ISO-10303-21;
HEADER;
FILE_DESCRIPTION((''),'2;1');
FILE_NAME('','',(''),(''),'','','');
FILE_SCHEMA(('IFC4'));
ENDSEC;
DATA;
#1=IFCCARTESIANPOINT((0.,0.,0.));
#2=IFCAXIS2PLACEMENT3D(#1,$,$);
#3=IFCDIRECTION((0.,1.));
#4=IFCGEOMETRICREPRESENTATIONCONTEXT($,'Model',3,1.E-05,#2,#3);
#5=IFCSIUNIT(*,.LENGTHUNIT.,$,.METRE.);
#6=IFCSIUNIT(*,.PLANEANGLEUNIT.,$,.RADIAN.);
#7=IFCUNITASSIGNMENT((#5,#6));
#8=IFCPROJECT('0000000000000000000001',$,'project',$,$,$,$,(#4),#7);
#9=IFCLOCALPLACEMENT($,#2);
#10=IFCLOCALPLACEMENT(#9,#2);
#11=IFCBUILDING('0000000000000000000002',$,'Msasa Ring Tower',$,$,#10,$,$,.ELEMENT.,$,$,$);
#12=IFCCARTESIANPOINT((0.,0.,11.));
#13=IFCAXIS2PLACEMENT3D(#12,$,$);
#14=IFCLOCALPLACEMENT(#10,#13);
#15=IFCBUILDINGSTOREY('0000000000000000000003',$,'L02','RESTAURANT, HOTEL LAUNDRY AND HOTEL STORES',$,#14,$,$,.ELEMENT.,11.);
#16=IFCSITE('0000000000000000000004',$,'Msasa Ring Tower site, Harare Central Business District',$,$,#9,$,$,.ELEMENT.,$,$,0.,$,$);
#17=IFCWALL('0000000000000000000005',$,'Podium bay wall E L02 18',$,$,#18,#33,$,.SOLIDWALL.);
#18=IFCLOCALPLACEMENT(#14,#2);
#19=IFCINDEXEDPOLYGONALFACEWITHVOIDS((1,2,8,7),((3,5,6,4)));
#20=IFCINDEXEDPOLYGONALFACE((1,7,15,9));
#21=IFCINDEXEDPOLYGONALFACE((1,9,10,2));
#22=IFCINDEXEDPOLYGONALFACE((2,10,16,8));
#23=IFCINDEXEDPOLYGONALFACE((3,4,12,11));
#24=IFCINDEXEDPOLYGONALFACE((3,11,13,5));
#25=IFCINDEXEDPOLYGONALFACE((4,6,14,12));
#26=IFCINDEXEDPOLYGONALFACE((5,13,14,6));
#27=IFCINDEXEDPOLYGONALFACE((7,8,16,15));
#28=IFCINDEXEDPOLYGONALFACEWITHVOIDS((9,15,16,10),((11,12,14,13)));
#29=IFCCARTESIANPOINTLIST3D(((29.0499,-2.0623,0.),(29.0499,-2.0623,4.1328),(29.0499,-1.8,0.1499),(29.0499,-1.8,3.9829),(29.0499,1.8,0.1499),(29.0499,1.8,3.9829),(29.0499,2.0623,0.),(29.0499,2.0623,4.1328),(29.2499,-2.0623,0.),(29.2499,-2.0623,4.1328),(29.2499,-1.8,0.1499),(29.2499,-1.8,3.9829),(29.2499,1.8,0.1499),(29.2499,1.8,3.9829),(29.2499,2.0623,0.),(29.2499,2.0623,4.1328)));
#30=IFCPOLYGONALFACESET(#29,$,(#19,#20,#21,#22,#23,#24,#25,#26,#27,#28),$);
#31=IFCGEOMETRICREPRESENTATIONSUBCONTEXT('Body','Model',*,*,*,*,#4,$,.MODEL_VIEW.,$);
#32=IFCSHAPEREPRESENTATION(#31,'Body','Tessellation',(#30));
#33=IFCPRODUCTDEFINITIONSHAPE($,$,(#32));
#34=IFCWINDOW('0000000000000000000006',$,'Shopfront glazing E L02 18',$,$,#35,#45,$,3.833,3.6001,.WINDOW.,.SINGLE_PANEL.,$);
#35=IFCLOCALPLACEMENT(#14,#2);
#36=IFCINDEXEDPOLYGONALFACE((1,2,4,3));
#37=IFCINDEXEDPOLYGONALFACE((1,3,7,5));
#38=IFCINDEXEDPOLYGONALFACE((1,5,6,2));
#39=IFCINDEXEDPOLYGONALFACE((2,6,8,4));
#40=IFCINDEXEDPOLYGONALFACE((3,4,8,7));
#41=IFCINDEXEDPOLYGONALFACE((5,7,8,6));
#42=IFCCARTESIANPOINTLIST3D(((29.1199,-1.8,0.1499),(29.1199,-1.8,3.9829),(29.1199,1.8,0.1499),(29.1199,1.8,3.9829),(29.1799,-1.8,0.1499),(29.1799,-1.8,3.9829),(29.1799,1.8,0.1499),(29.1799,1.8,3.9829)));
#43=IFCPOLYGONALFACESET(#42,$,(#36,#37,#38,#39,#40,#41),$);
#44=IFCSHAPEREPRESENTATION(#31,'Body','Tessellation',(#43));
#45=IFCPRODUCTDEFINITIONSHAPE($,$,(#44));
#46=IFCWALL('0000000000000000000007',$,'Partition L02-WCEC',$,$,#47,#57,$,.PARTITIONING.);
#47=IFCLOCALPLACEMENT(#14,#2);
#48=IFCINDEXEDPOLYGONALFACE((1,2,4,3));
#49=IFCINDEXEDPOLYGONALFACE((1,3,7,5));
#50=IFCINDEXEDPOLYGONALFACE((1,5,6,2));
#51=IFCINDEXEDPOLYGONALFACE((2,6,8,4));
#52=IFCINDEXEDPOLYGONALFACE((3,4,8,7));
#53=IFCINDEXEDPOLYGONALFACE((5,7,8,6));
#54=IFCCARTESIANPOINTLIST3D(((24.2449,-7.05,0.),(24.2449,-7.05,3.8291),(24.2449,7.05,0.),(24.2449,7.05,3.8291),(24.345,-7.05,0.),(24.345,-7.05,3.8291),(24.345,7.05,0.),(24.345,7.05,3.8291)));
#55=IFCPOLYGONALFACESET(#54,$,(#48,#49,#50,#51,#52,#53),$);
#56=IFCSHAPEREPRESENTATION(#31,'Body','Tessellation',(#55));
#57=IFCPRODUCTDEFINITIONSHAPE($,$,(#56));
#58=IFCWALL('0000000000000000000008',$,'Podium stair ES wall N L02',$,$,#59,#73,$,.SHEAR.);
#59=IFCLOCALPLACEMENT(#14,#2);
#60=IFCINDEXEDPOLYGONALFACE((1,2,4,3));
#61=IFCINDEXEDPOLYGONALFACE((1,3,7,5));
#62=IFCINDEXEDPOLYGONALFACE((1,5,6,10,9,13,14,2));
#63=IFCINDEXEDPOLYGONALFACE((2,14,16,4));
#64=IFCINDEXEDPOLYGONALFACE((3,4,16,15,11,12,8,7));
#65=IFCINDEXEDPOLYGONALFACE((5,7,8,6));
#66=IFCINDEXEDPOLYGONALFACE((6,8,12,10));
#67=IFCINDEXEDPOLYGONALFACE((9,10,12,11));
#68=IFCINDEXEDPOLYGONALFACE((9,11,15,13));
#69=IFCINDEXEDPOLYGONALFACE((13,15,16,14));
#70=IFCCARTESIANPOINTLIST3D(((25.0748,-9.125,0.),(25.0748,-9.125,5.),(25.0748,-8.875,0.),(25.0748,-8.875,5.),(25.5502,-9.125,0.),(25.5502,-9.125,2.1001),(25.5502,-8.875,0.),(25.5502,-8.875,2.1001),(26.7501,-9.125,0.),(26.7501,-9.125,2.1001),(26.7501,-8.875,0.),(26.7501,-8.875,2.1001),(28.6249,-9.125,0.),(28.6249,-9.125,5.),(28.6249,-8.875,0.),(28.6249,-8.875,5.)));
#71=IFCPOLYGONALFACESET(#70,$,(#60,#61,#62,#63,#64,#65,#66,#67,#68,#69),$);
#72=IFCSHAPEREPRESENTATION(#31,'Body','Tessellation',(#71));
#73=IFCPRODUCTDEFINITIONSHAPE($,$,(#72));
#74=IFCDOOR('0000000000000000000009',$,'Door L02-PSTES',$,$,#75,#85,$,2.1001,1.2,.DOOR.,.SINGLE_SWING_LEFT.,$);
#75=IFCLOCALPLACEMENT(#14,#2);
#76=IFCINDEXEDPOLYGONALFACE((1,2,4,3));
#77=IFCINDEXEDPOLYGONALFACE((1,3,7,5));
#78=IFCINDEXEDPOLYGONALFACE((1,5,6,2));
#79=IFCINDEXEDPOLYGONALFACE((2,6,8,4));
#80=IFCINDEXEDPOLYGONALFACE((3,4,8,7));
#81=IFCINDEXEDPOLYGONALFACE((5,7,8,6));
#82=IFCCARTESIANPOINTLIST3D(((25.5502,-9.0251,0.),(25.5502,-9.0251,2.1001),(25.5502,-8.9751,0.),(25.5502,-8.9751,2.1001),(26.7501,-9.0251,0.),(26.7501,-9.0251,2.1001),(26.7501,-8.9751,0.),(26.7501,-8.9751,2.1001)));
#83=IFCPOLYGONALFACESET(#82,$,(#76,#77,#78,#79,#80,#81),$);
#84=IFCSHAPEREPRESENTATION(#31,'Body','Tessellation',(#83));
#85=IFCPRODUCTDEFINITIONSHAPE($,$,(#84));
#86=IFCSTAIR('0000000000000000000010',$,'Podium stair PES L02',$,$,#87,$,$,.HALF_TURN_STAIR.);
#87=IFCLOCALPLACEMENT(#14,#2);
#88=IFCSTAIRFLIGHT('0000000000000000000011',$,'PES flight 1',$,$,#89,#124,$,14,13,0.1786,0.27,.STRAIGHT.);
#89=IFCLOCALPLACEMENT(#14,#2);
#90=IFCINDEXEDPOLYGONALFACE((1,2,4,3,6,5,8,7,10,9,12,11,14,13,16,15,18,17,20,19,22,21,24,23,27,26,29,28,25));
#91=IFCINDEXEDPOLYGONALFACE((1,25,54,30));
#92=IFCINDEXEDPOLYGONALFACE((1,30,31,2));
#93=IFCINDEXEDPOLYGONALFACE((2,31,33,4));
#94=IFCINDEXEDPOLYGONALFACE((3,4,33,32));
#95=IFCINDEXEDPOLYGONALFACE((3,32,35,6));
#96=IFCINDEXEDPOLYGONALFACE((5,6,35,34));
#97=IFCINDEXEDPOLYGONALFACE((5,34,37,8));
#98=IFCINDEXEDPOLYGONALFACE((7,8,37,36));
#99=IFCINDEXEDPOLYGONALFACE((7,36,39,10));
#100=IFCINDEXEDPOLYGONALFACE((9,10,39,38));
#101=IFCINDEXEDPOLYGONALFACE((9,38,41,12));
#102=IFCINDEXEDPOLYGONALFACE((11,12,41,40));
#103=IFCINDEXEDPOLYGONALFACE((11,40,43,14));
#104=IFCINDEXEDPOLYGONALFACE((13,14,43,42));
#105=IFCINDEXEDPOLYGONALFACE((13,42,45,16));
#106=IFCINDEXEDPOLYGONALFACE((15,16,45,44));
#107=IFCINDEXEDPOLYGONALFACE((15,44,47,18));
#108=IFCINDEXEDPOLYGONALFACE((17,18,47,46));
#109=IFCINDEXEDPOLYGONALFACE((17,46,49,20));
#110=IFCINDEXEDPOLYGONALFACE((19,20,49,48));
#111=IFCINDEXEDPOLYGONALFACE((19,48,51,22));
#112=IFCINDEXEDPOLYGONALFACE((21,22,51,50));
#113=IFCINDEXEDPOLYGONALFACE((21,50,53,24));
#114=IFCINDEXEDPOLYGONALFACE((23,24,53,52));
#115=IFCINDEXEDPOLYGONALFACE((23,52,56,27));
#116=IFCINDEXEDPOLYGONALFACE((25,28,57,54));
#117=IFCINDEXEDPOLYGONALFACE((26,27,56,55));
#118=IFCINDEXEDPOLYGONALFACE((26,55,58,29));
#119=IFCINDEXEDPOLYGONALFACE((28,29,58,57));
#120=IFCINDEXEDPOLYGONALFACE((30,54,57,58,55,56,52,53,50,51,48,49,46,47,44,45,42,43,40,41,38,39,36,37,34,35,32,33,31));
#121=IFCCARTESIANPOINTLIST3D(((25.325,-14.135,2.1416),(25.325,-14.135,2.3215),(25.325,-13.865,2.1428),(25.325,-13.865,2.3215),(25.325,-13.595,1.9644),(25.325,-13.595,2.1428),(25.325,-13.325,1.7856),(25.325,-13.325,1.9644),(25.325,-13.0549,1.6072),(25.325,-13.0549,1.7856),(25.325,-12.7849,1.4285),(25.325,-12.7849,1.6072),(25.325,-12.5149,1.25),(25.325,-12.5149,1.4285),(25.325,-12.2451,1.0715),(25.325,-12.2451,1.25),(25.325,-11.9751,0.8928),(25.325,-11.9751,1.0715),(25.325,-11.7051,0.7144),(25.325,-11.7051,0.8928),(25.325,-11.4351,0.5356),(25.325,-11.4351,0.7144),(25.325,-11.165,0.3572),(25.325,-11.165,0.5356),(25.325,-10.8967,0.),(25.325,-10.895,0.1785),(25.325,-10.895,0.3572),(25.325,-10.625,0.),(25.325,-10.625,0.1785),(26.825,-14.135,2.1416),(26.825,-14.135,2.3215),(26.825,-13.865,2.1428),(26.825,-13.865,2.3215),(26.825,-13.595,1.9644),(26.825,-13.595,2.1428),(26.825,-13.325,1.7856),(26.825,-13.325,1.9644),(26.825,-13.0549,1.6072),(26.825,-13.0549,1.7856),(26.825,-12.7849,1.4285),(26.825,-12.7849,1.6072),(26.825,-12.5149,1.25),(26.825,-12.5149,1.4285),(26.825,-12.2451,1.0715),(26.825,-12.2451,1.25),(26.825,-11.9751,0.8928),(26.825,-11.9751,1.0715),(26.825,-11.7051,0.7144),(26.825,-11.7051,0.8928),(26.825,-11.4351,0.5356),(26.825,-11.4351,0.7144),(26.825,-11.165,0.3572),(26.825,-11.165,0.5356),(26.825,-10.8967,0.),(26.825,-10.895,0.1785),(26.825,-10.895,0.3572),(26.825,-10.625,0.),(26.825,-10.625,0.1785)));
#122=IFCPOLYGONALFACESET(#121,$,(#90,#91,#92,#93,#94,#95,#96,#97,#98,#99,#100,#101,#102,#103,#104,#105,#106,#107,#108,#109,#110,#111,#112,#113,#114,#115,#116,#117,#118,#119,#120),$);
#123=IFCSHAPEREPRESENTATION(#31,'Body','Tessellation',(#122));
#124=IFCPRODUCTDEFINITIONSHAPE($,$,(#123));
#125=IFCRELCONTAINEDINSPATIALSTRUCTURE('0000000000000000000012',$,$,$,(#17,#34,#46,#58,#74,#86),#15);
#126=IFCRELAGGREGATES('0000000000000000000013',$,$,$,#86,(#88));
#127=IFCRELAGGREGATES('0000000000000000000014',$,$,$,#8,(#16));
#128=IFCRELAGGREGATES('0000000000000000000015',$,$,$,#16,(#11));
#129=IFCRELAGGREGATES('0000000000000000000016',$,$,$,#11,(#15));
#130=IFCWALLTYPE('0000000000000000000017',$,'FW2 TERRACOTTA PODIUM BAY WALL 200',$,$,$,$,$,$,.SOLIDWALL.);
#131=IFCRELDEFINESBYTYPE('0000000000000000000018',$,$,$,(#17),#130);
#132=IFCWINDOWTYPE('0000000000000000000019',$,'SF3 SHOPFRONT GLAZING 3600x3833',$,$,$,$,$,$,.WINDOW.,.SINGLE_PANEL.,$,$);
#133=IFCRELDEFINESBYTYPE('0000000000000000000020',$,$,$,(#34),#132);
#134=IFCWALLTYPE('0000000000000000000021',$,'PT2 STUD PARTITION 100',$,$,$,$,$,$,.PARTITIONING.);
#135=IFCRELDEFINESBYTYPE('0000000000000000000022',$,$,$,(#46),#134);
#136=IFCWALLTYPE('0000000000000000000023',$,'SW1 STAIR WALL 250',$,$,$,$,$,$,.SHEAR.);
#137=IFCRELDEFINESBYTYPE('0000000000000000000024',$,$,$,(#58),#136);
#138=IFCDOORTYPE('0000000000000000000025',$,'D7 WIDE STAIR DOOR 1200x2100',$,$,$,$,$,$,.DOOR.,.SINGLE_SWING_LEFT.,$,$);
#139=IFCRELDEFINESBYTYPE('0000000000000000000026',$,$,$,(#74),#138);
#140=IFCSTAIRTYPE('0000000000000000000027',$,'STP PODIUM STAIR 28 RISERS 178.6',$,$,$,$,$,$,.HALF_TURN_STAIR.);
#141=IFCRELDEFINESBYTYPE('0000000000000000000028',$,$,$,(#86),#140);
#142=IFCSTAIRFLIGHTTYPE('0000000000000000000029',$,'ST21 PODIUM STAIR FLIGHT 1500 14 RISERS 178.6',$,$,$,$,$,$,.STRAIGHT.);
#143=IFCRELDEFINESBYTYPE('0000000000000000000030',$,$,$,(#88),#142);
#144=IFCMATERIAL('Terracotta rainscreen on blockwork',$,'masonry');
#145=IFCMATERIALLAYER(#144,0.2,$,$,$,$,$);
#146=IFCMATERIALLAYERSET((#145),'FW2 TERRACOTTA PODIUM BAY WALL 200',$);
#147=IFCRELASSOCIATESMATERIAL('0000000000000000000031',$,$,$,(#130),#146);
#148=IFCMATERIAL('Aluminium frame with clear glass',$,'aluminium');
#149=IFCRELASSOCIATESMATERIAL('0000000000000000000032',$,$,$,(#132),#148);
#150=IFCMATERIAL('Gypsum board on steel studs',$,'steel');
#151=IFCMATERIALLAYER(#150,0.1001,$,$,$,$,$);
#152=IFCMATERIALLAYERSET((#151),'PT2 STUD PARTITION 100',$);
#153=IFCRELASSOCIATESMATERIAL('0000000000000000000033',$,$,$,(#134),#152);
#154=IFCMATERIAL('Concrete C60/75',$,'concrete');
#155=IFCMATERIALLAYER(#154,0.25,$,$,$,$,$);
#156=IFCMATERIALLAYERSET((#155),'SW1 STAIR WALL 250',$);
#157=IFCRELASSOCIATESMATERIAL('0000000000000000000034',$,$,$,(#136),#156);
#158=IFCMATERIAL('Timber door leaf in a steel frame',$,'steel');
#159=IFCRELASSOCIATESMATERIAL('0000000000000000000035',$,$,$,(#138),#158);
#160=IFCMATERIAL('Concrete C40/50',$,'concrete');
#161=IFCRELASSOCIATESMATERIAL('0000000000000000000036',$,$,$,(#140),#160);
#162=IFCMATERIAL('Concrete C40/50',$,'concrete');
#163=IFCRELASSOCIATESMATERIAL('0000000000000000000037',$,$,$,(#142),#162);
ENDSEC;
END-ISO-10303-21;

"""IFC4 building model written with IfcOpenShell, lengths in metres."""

from ifc_helpers import new_model, si_unit, direction, frame, frame_2d, origin, place, context, subcontext, project, spatial, polyline, rectangle, outline, extrude, material, layer, layer_set, type_object, element, fill, aggregate, save


model = new_model("IFC4")

# Units and contexts
model_context = context("Model", 3, precision=1e-05, world=origin(), true_north=direction((0.0, 1.0)))
body_context = subcontext(model_context, "Body", "Model", "MODEL_VIEW")
ifc_project = project(units=[si_unit("LENGTHUNIT", "METRE"), si_unit("PLANEANGLEUNIT", "RADIAN")], contexts=[model_context])

# Site, building, storey
site_placement = place(None, origin())
site = spatial("IfcSite", under=ifc_project, at=site_placement, Name="Msasa Ring Tower site, Harare Central Business District", CompositionType="ELEMENT", RefElevation=0.0)
building_placement = place(site_placement, origin())
building = spatial("IfcBuilding", under=site, at=building_placement, Name="Msasa Ring Tower", CompositionType="ELEMENT")
storey_placement = place(building_placement, frame((0.0, 0.0, 11.0)))
storey = spatial("IfcBuildingStorey", under=building, at=storey_placement, Name="L02", Description="RESTAURANT, HOTEL LAUNDRY AND HOTEL STORES", CompositionType="ELEMENT", Elevation=11.0)

# Wall, opening, window
ifc_material_1 = material(Name="Terracotta rainscreen on blockwork", Category="masonry")
ifc_layer_1 = layer(ifc_material_1, 0.2)
ifc_layer_set_1 = layer_set([ifc_layer_1], Name="FW2 TERRACOTTA PODIUM BAY WALL 200")
wall_type_1 = type_object("IfcWallType", Name="FW2 TERRACOTTA PODIUM BAY WALL 200", PredefinedType="SOLIDWALL", material=ifc_layer_set_1)
ifc_material_2 = material(Name="Aluminium frame with clear glass", Category="aluminium")
window_type = type_object("IfcWindowType", Name="SF3 SHOPFRONT GLAZING 3600x3833", PartitioningType="SINGLE_PANEL", PredefinedType="WINDOW", material=ifc_material_2)
wall_1_placement = place(storey_placement, frame((29.1499, -2.0623, 0.0), z_axis=(0.0, 0.0, 1.0), x_axis=(0.0, 1.0, 0.0)))
wall_1 = element("IfcWall", 1, at=wall_1_placement, inside=storey, type_object=wall_type_1, Name="Podium bay wall E L02 18", PredefinedType="SOLIDWALL", context=body_context, shape_type="SweptSolid", body=[
    extrude(rectangle(XDim=4.1245, YDim=0.2, at=frame_2d((2.0623, 0.0))), origin(), (0.0, 0.0, 1.0), 4.1328),
])
opening_1_placement = place(wall_1_placement, frame((0.2622, 0.0, 0.1499)))
opening_1 = element("IfcOpeningElement", 2, at=opening_1_placement, cuts=wall_1, PredefinedType="OPENING", context=body_context, shape_type="SweptSolid", body=[
    extrude(rectangle(XDim=3.6001, YDim=3.833, at=frame_2d((1.8, 1.9165))), frame((0.0, 0.1099, 0.0), z_axis=(0.0, -1.0, 0.0), x_axis=(1.0, 0.0, 0.0)), (0.0, 0.0, 1.0), 0.22),
])
window_1_placement = place(opening_1_placement, origin())
window_1 = element("IfcWindow", 3, at=window_1_placement, inside=storey, type_object=window_type, Name="Shopfront glazing E L02 18", OverallHeight=3.833, OverallWidth=3.6001, PartitioningType="SINGLE_PANEL", PredefinedType="WINDOW", context=body_context, shape_type="SweptSolid", body=[
    extrude(rectangle(XDim=3.6001, YDim=3.833, at=frame_2d((1.8, 1.9165))), frame((0.0, 0.03, 0.0), z_axis=(0.0, -1.0, 0.0), x_axis=(1.0, 0.0, 0.0)), (0.0, 0.0, 1.0), 0.0601),
])
fill(opening_1, window_1)

# Wall
ifc_material_3 = material(Name="Gypsum board on steel studs", Category="steel")
ifc_layer_2 = layer(ifc_material_3, 0.1001)
ifc_layer_set_2 = layer_set([ifc_layer_2], Name="PT2 STUD PARTITION 100")
wall_type_2 = type_object("IfcWallType", Name="PT2 STUD PARTITION 100", PredefinedType="PARTITIONING", material=ifc_layer_set_2)
wall_2_placement = place(storey_placement, frame((24.2949, -7.05, 0.0), z_axis=(0.0, 0.0, 1.0), x_axis=(0.0, 1.0, 0.0)))
element("IfcWall", 4, at=wall_2_placement, inside=storey, type_object=wall_type_2, Name="Partition L02-WCEC", PredefinedType="PARTITIONING", context=body_context, shape_type="SweptSolid", body=[
    extrude(rectangle(XDim=14.1001, YDim=0.1001, at=frame_2d((7.05, 0.0))), origin(), (0.0, 0.0, 1.0), 3.8291),
])

# Wall, opening, door
ifc_material_4 = material(Name="Concrete C60/75", Category="concrete")
ifc_layer_3 = layer(ifc_material_4, 0.25)
ifc_layer_set_3 = layer_set([ifc_layer_3], Name="SW1 STAIR WALL 250")
wall_type_3 = type_object("IfcWallType", Name="SW1 STAIR WALL 250", PredefinedType="SHEAR", material=ifc_layer_set_3)
wall_3_placement = place(storey_placement, frame((25.075, -9.0, 0.0), z_axis=(0.0, 0.0, 1.0), x_axis=(1.0, 0.0, 0.0)))
wall_3 = element("IfcWall", 5, at=wall_3_placement, inside=storey, type_object=wall_type_3, Name="Podium stair ES wall N L02", PredefinedType="SHEAR", context=body_context, shape_type="SweptSolid", body=[
    extrude(rectangle(XDim=3.55, YDim=0.25, at=frame_2d((1.7749, 0.0))), origin(), (0.0, 0.0, 1.0), 5.0),
])
opening_2_placement = place(wall_3_placement, frame((0.4751, 0.0, 0.0)))
opening_2 = element("IfcOpeningElement", 6, at=opening_2_placement, cuts=wall_3, PredefinedType="OPENING", context=body_context, shape_type="SweptSolid", body=[
    extrude(rectangle(XDim=1.2, YDim=2.1001, at=frame_2d((0.6001, 1.05))), frame((0.0, 0.135, 0.0), z_axis=(0.0, -1.0, 0.0), x_axis=(1.0, 0.0, 0.0)), (0.0, 0.0, 1.0), 0.27),
])
ifc_material_5 = material(Name="Timber door leaf in a steel frame", Category="steel")
door_type = type_object("IfcDoorType", Name="D7 WIDE STAIR DOOR 1200x2100", OperationType="SINGLE_SWING_LEFT", PredefinedType="DOOR", material=ifc_material_5)
door_placement = place(opening_2_placement, origin())
door = element("IfcDoor", 7, at=door_placement, inside=storey, type_object=door_type, Name="Door L02-PSTES", OperationType="SINGLE_SWING_LEFT", OverallHeight=2.1001, OverallWidth=1.2, PredefinedType="DOOR", context=body_context, shape_type="SweptSolid", body=[
    extrude(rectangle(XDim=1.2, YDim=2.1001, at=frame_2d((0.6001, 1.05))), frame((0.0, 0.0249, 0.0), z_axis=(0.0, -1.0, 0.0), x_axis=(1.0, 0.0, 0.0)), (0.0, 0.0, 1.0), 0.05),
])
fill(opening_2, door)

# Stair, stair flight
ifc_material_6 = material(Name="Concrete C40/50", Category="concrete")
stair_type = type_object("IfcStairType", Name="STP PODIUM STAIR 28 RISERS 178.6", PredefinedType="HALF_TURN_STAIR", material=ifc_material_6)
stair_placement = place(storey_placement, origin())
stair = element("IfcStair", 8, at=stair_placement, inside=storey, type_object=stair_type, Name="Podium stair PES L02", PredefinedType="HALF_TURN_STAIR")
ifc_material_7 = material(Name="Concrete C40/50", Category="concrete")
stair_flight_type = type_object("IfcStairFlightType", Name="ST21 PODIUM STAIR FLIGHT 1500 14 RISERS 178.6", PredefinedType="STRAIGHT", material=ifc_material_7)
stair_flight_placement = place(storey_placement, frame((26.075, -10.625, 0.0), z_axis=(0.0, 0.0, 1.0), x_axis=(0.0, -1.0, 0.0)))
stair_flight = element("IfcStairFlight", 9, at=stair_flight_placement, type_object=stair_flight_type, Name="PES flight 1", NumberOfRisers=14, NumberOfTreads=13, PredefinedType="STRAIGHT", RiserHeight=0.1786, TreadLength=0.27, context=body_context, shape_type="SweptSolid", body=[
    extrude(outline(polyline([(0.0, 0.0), (0.0, 0.1785), (0.27, 0.1785), (0.27, 0.3572), (0.54, 0.3572), (0.54, 0.5356), (0.8101, 0.5356), (0.8101, 0.7144), (1.0801, 0.7144), (1.0801, 0.8928), (1.3501, 0.8928), (1.3501, 1.0715), (1.6201, 1.0715), (1.6201, 1.25), (1.8899, 1.25), (1.8899, 1.4285), (2.1599, 1.4285), (2.1599, 1.6072), (2.4299, 1.6072), (2.4299, 1.7856), (2.7, 1.7856), (2.7, 1.9644), (2.97, 1.9644), (2.97, 2.1428), (3.24, 2.1428), (3.24, 2.3215), (3.51, 2.3215), (3.51, 2.5), (3.51, 2.1416), (0.2717, 0.0), (0.0, 0.0)])), frame((0.0, 0.75, 0.0), z_axis=(0.0, -1.0, 0.0), x_axis=(1.0, 0.0, 0.0)), (0.0, 0.0, 1.0), 1.5),
])
aggregate(stair, [stair_flight])

save(model, "model.ifc")
